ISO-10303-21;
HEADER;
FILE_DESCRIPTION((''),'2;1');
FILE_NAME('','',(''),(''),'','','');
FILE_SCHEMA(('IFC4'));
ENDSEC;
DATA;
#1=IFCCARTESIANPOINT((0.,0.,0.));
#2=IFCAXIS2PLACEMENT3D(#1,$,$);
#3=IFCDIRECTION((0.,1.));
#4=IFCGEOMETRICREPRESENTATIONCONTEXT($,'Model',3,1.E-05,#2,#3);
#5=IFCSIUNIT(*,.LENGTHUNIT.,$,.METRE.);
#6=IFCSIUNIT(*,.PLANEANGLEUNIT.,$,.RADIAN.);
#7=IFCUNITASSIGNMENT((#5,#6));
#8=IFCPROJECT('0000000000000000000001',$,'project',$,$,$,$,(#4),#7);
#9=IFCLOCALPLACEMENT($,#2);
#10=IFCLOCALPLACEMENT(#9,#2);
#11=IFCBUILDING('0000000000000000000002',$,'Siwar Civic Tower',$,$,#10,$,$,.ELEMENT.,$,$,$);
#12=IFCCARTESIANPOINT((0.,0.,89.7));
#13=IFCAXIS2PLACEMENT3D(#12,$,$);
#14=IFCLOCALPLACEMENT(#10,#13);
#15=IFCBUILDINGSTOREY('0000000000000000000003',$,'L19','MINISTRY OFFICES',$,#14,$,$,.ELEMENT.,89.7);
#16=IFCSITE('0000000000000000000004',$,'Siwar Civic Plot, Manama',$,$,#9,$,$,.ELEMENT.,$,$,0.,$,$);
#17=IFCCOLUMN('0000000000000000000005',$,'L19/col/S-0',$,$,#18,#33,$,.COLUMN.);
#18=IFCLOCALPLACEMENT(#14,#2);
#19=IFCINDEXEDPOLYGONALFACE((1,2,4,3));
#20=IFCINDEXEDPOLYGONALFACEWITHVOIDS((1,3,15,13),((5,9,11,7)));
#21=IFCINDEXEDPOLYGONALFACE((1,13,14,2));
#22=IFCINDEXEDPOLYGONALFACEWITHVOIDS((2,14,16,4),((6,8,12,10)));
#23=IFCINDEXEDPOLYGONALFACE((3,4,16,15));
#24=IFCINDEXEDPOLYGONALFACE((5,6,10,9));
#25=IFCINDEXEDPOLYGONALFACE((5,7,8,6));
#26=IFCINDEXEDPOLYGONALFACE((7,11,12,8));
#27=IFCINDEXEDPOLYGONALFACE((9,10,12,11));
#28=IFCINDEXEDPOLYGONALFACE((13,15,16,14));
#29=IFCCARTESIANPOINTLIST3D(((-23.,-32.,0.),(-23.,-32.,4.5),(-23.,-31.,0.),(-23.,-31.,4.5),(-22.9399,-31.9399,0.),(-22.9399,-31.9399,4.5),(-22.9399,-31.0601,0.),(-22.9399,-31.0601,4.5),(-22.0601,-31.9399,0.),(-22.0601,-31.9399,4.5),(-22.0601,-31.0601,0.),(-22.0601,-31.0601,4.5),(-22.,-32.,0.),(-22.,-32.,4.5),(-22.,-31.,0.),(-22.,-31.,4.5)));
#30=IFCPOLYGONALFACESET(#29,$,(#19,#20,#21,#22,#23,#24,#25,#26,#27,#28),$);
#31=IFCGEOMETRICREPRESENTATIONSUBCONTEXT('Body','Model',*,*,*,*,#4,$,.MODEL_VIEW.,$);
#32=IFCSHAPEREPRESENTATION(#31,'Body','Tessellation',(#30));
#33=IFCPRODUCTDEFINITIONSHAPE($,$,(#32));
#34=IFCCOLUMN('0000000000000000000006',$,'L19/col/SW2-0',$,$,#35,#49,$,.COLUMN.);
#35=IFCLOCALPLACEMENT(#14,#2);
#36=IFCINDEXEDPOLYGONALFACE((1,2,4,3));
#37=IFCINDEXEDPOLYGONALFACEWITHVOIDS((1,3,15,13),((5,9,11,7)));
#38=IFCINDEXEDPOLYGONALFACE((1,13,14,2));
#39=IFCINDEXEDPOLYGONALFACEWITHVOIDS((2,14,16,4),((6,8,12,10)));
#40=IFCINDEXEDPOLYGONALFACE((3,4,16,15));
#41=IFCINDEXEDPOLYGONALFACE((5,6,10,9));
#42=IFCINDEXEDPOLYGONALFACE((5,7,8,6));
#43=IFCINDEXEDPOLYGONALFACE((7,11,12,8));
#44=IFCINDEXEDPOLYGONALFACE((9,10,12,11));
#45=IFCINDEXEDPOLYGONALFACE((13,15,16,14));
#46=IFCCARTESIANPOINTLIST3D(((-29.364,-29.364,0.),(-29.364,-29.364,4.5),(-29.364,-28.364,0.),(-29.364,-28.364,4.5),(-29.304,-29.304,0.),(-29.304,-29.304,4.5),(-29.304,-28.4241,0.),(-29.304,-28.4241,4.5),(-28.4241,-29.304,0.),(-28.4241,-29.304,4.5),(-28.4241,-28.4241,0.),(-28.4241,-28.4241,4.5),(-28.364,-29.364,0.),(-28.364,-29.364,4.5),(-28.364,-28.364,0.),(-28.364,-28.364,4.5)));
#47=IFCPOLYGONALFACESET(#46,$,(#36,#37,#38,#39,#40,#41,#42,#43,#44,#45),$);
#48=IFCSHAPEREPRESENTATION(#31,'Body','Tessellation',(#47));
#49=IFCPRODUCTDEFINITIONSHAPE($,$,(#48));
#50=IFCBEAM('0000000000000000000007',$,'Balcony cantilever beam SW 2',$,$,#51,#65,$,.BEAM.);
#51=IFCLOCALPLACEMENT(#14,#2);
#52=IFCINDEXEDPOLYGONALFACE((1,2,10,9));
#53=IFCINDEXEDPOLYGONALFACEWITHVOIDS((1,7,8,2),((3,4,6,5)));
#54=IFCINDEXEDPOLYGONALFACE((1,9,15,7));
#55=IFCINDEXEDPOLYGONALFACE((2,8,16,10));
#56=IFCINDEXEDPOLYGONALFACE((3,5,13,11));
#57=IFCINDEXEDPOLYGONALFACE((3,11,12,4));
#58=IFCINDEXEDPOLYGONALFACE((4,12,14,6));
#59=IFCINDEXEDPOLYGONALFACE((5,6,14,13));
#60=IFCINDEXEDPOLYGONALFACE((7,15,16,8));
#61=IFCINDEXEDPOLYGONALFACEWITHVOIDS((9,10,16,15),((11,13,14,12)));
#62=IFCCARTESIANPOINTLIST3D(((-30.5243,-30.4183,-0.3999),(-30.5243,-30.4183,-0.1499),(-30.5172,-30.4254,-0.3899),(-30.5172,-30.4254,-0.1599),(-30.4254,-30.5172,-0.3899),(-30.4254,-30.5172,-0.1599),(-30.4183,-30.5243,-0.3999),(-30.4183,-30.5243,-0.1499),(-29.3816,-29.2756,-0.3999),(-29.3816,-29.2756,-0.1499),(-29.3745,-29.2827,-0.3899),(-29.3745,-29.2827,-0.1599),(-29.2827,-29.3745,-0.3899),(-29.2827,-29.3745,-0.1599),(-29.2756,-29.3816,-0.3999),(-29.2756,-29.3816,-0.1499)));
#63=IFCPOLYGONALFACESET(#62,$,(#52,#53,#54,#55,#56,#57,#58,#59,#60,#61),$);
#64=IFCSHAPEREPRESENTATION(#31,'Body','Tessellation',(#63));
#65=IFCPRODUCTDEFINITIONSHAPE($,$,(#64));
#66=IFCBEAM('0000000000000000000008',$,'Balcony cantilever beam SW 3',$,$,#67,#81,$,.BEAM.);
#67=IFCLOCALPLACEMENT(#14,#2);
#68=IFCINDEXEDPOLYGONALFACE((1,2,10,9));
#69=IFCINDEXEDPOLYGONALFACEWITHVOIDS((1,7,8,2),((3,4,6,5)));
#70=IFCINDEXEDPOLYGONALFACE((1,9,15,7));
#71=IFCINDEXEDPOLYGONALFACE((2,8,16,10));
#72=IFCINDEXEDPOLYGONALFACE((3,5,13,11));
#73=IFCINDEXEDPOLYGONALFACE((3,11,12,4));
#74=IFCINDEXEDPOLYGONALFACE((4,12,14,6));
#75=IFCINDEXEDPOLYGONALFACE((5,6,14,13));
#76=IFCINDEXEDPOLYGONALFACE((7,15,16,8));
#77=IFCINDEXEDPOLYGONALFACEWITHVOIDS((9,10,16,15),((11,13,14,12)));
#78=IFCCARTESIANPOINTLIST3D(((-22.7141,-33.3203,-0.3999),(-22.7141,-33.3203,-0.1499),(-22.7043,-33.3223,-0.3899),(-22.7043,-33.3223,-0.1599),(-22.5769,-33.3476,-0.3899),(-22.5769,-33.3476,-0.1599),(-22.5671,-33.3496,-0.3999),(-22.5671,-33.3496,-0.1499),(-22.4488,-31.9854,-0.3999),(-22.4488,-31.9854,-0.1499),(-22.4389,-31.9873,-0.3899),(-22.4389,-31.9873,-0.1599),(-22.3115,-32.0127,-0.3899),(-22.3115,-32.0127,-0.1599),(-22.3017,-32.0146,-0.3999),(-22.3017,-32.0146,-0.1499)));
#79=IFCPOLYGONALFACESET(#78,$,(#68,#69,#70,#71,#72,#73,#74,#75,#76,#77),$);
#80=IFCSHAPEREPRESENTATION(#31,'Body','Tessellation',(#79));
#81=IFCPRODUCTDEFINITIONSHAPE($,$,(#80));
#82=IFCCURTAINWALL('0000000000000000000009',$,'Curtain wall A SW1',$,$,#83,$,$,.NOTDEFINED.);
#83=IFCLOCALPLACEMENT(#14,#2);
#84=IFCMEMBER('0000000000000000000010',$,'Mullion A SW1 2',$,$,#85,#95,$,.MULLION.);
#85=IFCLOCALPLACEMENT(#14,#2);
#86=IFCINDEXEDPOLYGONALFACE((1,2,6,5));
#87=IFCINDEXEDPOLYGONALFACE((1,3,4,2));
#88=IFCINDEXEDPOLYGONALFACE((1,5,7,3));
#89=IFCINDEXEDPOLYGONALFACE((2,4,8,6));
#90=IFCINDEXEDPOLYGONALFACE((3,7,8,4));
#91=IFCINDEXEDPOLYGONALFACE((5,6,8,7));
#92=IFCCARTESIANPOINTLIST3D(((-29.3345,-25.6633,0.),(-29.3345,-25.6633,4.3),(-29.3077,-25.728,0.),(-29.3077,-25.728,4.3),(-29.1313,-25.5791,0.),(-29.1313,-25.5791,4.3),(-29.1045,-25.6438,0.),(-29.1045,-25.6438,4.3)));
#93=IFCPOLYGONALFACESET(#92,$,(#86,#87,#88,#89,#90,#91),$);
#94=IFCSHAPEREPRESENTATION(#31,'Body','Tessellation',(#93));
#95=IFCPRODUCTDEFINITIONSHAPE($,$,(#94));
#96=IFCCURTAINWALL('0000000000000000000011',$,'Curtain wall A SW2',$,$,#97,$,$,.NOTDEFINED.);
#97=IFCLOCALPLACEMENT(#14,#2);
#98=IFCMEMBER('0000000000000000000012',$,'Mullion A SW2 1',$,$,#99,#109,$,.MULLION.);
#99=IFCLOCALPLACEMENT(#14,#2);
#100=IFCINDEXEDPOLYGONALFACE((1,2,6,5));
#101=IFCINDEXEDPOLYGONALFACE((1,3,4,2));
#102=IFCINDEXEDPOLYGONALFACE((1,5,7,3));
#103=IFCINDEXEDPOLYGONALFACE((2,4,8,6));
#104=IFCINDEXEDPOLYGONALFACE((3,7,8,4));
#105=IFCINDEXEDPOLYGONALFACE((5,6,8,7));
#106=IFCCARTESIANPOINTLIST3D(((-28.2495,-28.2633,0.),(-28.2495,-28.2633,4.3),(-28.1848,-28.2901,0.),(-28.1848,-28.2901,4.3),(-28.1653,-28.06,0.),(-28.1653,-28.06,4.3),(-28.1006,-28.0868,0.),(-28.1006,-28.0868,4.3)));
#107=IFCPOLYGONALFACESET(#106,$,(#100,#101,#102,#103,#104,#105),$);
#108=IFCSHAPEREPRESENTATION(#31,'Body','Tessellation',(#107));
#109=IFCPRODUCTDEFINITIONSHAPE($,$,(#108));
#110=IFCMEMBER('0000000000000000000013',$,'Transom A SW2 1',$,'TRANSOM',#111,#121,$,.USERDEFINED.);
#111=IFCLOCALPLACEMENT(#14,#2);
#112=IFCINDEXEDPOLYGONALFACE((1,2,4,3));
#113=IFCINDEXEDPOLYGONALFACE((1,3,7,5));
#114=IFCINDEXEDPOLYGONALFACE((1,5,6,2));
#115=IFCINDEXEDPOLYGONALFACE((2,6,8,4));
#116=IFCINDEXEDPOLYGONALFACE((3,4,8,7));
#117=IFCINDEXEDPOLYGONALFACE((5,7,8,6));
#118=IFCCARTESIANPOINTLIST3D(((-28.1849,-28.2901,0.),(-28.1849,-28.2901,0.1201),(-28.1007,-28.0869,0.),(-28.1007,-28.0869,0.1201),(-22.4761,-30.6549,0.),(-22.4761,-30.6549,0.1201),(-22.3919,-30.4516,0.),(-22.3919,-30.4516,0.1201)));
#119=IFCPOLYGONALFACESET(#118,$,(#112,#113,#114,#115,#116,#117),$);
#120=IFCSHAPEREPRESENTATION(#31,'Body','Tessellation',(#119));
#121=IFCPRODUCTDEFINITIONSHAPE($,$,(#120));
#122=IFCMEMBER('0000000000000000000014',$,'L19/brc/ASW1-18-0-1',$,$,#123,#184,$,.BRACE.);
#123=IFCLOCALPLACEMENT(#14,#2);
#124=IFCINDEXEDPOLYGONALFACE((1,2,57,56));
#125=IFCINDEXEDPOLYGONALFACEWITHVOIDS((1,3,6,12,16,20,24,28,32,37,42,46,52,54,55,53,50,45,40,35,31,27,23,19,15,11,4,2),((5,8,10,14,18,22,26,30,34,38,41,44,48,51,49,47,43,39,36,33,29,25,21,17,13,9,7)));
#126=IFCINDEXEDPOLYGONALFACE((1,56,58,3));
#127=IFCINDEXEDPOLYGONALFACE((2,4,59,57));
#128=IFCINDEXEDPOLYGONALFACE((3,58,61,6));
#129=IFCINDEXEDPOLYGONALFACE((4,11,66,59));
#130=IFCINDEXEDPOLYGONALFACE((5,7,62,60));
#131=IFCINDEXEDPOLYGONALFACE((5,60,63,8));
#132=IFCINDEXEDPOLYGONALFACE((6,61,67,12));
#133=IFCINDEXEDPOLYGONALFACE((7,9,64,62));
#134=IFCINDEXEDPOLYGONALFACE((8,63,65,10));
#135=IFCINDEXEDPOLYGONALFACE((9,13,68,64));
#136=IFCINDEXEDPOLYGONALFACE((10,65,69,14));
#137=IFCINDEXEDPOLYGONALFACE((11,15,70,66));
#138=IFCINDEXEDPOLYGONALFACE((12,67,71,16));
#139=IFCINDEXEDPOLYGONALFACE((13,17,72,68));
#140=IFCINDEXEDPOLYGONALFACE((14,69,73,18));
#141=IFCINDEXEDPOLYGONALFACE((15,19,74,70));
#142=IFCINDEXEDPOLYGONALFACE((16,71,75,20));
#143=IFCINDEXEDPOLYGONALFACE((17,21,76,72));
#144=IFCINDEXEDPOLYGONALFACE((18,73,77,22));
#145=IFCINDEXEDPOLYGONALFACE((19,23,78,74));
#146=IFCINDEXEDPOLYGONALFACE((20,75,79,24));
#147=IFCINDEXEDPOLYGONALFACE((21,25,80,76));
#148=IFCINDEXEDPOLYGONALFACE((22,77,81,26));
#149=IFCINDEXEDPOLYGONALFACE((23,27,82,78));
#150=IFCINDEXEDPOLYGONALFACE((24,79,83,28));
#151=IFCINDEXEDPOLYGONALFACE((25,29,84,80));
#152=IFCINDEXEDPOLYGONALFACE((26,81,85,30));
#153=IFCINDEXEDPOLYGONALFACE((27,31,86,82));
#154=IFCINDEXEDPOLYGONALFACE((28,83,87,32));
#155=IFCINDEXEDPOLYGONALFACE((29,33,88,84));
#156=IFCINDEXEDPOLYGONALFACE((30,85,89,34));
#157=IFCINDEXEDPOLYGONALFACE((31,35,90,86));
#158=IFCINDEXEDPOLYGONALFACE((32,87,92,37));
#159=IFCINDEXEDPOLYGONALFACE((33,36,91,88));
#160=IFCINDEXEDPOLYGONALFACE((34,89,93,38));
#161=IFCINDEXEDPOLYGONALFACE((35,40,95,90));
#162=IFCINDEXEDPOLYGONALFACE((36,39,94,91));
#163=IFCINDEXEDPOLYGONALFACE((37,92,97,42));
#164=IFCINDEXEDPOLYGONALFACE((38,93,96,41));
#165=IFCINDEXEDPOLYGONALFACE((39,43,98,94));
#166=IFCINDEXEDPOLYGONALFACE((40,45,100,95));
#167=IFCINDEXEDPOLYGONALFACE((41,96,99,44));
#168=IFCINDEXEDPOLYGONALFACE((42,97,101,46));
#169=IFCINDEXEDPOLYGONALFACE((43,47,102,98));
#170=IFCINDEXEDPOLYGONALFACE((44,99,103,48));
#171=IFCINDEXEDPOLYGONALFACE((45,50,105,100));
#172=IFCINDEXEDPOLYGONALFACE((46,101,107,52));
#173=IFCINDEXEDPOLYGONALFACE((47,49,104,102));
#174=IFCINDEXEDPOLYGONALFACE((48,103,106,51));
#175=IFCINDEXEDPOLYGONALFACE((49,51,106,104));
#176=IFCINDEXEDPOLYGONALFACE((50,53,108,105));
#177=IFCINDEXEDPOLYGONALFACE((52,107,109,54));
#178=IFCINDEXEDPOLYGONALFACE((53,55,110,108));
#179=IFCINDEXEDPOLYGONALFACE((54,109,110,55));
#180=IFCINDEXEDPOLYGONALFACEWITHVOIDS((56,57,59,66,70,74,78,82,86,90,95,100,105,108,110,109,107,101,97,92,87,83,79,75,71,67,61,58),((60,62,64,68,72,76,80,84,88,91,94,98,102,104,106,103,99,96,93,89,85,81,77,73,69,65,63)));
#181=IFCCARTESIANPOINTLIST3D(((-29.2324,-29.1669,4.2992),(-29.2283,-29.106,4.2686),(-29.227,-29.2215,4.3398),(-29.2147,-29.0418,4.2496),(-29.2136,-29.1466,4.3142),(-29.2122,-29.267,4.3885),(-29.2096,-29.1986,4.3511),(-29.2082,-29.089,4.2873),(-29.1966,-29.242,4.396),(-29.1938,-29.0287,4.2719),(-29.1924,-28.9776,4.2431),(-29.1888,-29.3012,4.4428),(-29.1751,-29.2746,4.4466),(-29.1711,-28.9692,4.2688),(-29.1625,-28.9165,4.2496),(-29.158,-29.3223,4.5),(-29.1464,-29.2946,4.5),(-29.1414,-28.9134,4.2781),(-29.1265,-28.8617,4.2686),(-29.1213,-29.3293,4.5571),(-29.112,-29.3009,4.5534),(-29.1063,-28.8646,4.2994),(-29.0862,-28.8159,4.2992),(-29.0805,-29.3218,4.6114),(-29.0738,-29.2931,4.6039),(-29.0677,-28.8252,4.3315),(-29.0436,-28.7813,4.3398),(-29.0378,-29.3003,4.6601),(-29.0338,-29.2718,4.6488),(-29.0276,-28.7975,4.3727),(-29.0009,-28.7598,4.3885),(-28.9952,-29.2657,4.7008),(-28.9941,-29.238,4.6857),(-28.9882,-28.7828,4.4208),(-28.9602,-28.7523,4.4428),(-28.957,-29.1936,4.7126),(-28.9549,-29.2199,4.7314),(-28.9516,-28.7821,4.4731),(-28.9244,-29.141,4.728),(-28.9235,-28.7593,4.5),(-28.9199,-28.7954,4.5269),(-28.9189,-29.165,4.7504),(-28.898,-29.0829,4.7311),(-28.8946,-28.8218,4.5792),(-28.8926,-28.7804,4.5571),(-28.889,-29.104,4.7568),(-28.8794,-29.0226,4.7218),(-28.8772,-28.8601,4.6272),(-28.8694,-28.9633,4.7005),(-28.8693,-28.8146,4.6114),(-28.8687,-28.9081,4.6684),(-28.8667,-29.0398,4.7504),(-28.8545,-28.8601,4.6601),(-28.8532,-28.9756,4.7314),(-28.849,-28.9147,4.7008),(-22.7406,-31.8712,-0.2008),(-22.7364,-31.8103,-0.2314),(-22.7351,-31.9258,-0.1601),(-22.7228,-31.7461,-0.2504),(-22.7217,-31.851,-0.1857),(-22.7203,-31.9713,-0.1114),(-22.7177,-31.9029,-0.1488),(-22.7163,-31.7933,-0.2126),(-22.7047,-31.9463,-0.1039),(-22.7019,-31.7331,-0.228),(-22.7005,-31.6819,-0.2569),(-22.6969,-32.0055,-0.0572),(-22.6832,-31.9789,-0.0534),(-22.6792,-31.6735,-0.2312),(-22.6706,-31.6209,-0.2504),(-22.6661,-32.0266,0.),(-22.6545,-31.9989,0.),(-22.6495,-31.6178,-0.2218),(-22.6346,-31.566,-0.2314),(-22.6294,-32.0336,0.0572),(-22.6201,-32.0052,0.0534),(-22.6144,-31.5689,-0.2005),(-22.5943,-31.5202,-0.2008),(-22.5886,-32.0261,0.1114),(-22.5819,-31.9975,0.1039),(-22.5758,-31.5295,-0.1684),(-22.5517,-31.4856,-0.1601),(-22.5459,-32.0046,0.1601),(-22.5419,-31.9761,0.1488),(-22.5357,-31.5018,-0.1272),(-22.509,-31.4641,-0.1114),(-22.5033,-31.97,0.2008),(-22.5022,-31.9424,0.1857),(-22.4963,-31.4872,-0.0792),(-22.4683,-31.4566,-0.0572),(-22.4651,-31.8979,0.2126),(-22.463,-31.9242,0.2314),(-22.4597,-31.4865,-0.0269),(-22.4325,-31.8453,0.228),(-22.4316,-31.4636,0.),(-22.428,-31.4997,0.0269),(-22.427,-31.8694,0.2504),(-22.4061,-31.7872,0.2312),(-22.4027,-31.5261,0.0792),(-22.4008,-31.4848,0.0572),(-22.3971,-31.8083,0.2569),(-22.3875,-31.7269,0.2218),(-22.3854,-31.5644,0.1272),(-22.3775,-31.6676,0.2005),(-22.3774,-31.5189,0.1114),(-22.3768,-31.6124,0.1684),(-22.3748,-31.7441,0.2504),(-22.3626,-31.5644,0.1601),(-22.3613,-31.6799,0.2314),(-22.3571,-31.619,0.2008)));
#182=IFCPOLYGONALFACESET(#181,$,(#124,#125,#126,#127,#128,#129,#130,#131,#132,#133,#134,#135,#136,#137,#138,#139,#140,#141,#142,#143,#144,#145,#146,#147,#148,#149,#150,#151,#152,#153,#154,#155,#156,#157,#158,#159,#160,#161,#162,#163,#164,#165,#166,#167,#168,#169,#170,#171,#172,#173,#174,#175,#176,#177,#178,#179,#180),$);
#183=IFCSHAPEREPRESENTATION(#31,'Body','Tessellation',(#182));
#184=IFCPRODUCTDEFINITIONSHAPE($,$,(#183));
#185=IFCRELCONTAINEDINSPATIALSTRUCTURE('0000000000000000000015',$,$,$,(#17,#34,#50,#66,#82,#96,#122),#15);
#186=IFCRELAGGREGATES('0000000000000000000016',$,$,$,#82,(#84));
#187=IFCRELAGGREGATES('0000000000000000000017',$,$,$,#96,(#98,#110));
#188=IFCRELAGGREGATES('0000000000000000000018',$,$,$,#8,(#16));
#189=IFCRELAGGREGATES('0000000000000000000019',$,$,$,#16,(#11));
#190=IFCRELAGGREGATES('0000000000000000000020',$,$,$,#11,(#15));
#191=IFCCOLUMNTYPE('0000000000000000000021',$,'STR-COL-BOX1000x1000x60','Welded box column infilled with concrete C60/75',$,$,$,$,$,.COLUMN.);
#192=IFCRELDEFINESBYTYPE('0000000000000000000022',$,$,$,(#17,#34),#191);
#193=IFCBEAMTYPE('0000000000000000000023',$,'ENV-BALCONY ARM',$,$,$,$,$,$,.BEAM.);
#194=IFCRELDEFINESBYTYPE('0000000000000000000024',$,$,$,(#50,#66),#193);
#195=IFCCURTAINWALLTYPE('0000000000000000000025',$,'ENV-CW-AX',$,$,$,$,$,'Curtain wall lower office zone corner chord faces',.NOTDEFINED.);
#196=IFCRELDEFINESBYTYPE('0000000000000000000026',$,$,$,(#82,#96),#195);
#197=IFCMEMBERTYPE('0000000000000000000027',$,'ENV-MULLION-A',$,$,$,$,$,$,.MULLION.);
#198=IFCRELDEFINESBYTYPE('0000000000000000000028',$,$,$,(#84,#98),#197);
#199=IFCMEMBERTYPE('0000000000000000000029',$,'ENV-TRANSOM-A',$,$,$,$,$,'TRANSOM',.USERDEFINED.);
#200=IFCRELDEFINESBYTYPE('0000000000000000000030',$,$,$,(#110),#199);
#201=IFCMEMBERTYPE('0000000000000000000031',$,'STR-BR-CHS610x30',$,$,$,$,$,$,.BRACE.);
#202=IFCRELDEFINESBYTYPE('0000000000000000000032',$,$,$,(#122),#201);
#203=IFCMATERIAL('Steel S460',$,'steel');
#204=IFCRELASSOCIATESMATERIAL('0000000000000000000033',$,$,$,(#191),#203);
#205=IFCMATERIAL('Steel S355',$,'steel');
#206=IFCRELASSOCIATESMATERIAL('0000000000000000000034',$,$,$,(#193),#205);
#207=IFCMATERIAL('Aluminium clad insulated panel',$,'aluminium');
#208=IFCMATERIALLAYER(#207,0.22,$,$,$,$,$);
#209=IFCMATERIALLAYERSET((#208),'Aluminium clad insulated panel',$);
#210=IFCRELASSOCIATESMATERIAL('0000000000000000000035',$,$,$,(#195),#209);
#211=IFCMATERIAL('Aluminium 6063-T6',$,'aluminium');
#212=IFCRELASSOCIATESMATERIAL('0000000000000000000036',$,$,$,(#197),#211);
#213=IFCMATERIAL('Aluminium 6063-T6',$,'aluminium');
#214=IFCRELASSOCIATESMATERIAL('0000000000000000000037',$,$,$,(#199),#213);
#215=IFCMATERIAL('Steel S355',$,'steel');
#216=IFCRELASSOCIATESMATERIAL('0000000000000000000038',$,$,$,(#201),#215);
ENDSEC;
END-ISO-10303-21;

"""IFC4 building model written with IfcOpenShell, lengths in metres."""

from ifc_helpers import new_model, si_unit, direction, frame, origin, origin_2d, place, context, subcontext, project, spatial, rectangle, hollow_rectangle, hollow_circle, extrude, material, layer, layer_set, material_profile, profile_set, type_object, element, aggregate, save


model = new_model("IFC4")

# Units and contexts
model_context = context("Model", 3, precision=1e-05, world=origin(), true_north=direction((0.0, 1.0)))
body_context = subcontext(model_context, "Body", "Model", "MODEL_VIEW")
ifc_project = project(units=[si_unit("LENGTHUNIT", "METRE"), si_unit("PLANEANGLEUNIT", "RADIAN")], contexts=[model_context])

# Site, building, storey
site_placement = place(None, origin())
site = spatial("IfcSite", under=ifc_project, at=site_placement, Name="Siwar Civic Plot, Manama", CompositionType="ELEMENT", RefElevation=0.0)
building_placement = place(site_placement, origin())
building = spatial("IfcBuilding", under=site, at=building_placement, Name="Siwar Civic Tower", CompositionType="ELEMENT")
storey_placement = place(building_placement, frame((0.0, 0.0, 89.7)))
storey = spatial("IfcBuildingStorey", under=building, at=storey_placement, Name="L19", Description="MINISTRY OFFICES", CompositionType="ELEMENT", Elevation=89.7)

# Columns
ifc_material_1 = material(Name="Steel S460", Category="steel")
ifc_material_profile_1 = material_profile(ifc_material_1, hollow_rectangle(XDim=1.0, YDim=1.0, WallThickness=0.0601, at=origin_2d()), Name="BOX1000x1000x60")
ifc_profile_set_1 = profile_set([ifc_material_profile_1], Name="Steel S460")
column_type = type_object("IfcColumnType", Name="STR-COL-BOX1000x1000x60", Description="Welded box column infilled with concrete C60/75", PredefinedType="COLUMN", material=ifc_profile_set_1)
for number, where, z_axis, x_axis, name in (
    (1, (-22.5, -31.5, 0.0), (0.0, 0.0, 1.0), (1.0, 0.0, 0.0), "L19/col/S-0"),
    (2, (-28.864, -28.864, 0.0), (0.0, 0.0, 1.0), (1.0, 0.0, 0.0), "L19/col/SW2-0"),
):
    element("IfcColumn", number, at=place(storey_placement, frame(where, z_axis=z_axis, x_axis=x_axis)), inside=storey, type_object=column_type, Name=name, PredefinedType="COLUMN", context=body_context, shape_type="SweptSolid", body=[
        extrude(hollow_rectangle(XDim=1.0, YDim=1.0, WallThickness=0.0601, at=origin_2d()), origin(), (0.0, 0.0, 1.0), 4.5),
    ])

# Beams
ifc_material_2 = material(Name="Steel S355", Category="steel")
ifc_material_profile_2 = material_profile(ifc_material_2, hollow_rectangle(XDim=0.1499, YDim=0.25, WallThickness=0.01, at=origin_2d()), Name="RHS250x150x10")
ifc_profile_set_2 = profile_set([ifc_material_profile_2], Name="Steel S355")
beam_type_1 = type_object("IfcBeamType", Name="ENV-BALCONY ARM", PredefinedType="BEAM", material=ifc_profile_set_2)
beam_1_placement = place(storey_placement, frame((-29.3286, -29.3286, -0.2749), z_axis=(-0.707107, -0.707107, 0.0), x_axis=(0.707107, -0.707107, 0.0)))
element("IfcBeam", 3, at=beam_1_placement, inside=storey, type_object=beam_type_1, Name="Balcony cantilever beam SW 2", PredefinedType="BEAM", context=body_context, shape_type="SweptSolid", body=[
    extrude(hollow_rectangle(XDim=0.1499, YDim=0.25, WallThickness=0.01, at=origin_2d()), origin(), (0.0, 0.0, 1.0), 1.616),
])
beam_2_placement = place(storey_placement, frame((-22.3752, -32.0, -0.2749), z_axis=(-0.194978, -0.980808, 0.0), x_axis=(0.980808, -0.194978, 0.0)))
element("IfcBeam", 4, at=beam_2_placement, inside=storey, type_object=beam_type_1, Name="Balcony cantilever beam SW 3", PredefinedType="BEAM", context=body_context, shape_type="SweptSolid", body=[
    extrude(hollow_rectangle(XDim=0.1499, YDim=0.25, WallThickness=0.01, at=origin_2d()), origin(), (0.0, 0.0, 1.0), 1.3611),
])

# Curtain wall, member
ifc_material_3 = material(Name="Aluminium clad insulated panel", Category="aluminium")
ifc_layer_1 = layer(ifc_material_3, 0.22)
ifc_layer_set_1 = layer_set([ifc_layer_1], Name="Aluminium clad insulated panel")
curtain_wall_type = type_object("IfcCurtainWallType", Name="ENV-CW-AX", ElementType="Curtain wall lower office zone corner chord faces", PredefinedType="NOTDEFINED", material=ifc_layer_set_1)
curtain_wall_1_placement = place(storey_placement, origin())
curtain_wall_1 = element("IfcCurtainWall", 5, at=curtain_wall_1_placement, inside=storey, type_object=curtain_wall_type, Name="Curtain wall A SW1", PredefinedType="NOTDEFINED")
ifc_material_4 = material(Name="Aluminium 6063-T6", Category="aluminium")
ifc_material_profile_3 = material_profile(ifc_material_4, rectangle(XDim=0.22, YDim=0.0701, at=origin_2d()), Name="AL 220x70")
ifc_profile_set_3 = profile_set([ifc_material_profile_3], Name="Aluminium 6063-T6")
member_type_1 = type_object("IfcMemberType", Name="ENV-MULLION-A", PredefinedType="MULLION", material=ifc_profile_set_3)
member_1_placement = place(storey_placement, frame((-29.2195, -25.6536, 0.0), z_axis=(0.0, 0.0, 1.0), x_axis=(0.92388, 0.382683, 0.0)))
member_1 = element("IfcMember", 6, at=member_1_placement, type_object=member_type_1, Name="Mullion A SW1 2", PredefinedType="MULLION", context=body_context, shape_type="SweptSolid", body=[
    extrude(rectangle(XDim=0.22, YDim=0.0701, at=origin_2d()), origin(), (0.0, 0.0, 1.0), 4.3),
])
aggregate(curtain_wall_1, [member_1])

# Curtain wall, members
curtain_wall_2_placement = place(storey_placement, origin())
curtain_wall_2 = element("IfcCurtainWall", 7, at=curtain_wall_2_placement, inside=storey, type_object=curtain_wall_type, Name="Curtain wall A SW2", PredefinedType="NOTDEFINED")
member_2_placement = place(storey_placement, frame((-28.175, -28.175, 0.0), z_axis=(0.0, 0.0, 1.0), x_axis=(0.382683, 0.92388, 0.0)))
member_2 = element("IfcMember", 8, at=member_2_placement, type_object=member_type_1, Name="Mullion A SW2 1", PredefinedType="MULLION", context=body_context, shape_type="SweptSolid", body=[
    extrude(rectangle(XDim=0.22, YDim=0.0701, at=origin_2d()), origin(), (0.0, 0.0, 1.0), 4.3),
])
ifc_material_5 = material(Name="Aluminium 6063-T6", Category="aluminium")
ifc_material_profile_4 = material_profile(ifc_material_5, rectangle(XDim=0.22, YDim=0.1201, at=origin_2d()), Name="AL 220x120")
ifc_profile_set_4 = profile_set([ifc_material_profile_4], Name="Aluminium 6063-T6")
member_type_2 = type_object("IfcMemberType", Name="ENV-TRANSOM-A", ElementType="TRANSOM", PredefinedType="USERDEFINED", material=ifc_profile_set_4)
member_3_placement = place(storey_placement, frame((-28.1428, -28.1885, 0.0601), z_axis=(0.923873, -0.382698, 0.0), x_axis=(0.382698, 0.923873, 0.0)))
member_3 = element("IfcMember", 9, at=member_3_placement, type_object=member_type_2, Name="Transom A SW2 1", ObjectType="TRANSOM", PredefinedType="USERDEFINED", context=body_context, shape_type="SweptSolid", body=[
    extrude(rectangle(XDim=0.22, YDim=0.1201, at=origin_2d()), origin(), (0.0, 0.0, 1.0), 6.1792),
])

# Member
ifc_material_6 = material(Name="Steel S355", Category="steel")
ifc_material_profile_5 = material_profile(ifc_material_6, hollow_circle(Radius=0.3049, WallThickness=0.03, at=origin_2d()), Name="CHS610x30")
ifc_profile_set_5 = profile_set([ifc_material_profile_5], Name="Steel S355")
member_type_3 = type_object("IfcMemberType", Name="STR-BR-CHS610x30", PredefinedType="BRACE", material=ifc_profile_set_5)
member_4_placement = place(storey_placement, frame((-22.5488, -31.7451, 0.0), z_axis=(-0.777555, 0.323906, 0.538975), x_axis=(-0.384539, -0.923109, 0.0)))
element("IfcMember", 10, at=member_4_placement, inside=storey, type_object=member_type_3, Name="L19/brc/ASW1-18-0-1", PredefinedType="BRACE", context=body_context, shape_type="SweptSolid", body=[
    extrude(hollow_circle(Radius=0.3049, WallThickness=0.03, at=origin_2d()), origin(), (0.0, 0.0, 1.0), 8.3491),
])

aggregate(curtain_wall_2, [member_2, member_3])

save(model, "model.ifc")
